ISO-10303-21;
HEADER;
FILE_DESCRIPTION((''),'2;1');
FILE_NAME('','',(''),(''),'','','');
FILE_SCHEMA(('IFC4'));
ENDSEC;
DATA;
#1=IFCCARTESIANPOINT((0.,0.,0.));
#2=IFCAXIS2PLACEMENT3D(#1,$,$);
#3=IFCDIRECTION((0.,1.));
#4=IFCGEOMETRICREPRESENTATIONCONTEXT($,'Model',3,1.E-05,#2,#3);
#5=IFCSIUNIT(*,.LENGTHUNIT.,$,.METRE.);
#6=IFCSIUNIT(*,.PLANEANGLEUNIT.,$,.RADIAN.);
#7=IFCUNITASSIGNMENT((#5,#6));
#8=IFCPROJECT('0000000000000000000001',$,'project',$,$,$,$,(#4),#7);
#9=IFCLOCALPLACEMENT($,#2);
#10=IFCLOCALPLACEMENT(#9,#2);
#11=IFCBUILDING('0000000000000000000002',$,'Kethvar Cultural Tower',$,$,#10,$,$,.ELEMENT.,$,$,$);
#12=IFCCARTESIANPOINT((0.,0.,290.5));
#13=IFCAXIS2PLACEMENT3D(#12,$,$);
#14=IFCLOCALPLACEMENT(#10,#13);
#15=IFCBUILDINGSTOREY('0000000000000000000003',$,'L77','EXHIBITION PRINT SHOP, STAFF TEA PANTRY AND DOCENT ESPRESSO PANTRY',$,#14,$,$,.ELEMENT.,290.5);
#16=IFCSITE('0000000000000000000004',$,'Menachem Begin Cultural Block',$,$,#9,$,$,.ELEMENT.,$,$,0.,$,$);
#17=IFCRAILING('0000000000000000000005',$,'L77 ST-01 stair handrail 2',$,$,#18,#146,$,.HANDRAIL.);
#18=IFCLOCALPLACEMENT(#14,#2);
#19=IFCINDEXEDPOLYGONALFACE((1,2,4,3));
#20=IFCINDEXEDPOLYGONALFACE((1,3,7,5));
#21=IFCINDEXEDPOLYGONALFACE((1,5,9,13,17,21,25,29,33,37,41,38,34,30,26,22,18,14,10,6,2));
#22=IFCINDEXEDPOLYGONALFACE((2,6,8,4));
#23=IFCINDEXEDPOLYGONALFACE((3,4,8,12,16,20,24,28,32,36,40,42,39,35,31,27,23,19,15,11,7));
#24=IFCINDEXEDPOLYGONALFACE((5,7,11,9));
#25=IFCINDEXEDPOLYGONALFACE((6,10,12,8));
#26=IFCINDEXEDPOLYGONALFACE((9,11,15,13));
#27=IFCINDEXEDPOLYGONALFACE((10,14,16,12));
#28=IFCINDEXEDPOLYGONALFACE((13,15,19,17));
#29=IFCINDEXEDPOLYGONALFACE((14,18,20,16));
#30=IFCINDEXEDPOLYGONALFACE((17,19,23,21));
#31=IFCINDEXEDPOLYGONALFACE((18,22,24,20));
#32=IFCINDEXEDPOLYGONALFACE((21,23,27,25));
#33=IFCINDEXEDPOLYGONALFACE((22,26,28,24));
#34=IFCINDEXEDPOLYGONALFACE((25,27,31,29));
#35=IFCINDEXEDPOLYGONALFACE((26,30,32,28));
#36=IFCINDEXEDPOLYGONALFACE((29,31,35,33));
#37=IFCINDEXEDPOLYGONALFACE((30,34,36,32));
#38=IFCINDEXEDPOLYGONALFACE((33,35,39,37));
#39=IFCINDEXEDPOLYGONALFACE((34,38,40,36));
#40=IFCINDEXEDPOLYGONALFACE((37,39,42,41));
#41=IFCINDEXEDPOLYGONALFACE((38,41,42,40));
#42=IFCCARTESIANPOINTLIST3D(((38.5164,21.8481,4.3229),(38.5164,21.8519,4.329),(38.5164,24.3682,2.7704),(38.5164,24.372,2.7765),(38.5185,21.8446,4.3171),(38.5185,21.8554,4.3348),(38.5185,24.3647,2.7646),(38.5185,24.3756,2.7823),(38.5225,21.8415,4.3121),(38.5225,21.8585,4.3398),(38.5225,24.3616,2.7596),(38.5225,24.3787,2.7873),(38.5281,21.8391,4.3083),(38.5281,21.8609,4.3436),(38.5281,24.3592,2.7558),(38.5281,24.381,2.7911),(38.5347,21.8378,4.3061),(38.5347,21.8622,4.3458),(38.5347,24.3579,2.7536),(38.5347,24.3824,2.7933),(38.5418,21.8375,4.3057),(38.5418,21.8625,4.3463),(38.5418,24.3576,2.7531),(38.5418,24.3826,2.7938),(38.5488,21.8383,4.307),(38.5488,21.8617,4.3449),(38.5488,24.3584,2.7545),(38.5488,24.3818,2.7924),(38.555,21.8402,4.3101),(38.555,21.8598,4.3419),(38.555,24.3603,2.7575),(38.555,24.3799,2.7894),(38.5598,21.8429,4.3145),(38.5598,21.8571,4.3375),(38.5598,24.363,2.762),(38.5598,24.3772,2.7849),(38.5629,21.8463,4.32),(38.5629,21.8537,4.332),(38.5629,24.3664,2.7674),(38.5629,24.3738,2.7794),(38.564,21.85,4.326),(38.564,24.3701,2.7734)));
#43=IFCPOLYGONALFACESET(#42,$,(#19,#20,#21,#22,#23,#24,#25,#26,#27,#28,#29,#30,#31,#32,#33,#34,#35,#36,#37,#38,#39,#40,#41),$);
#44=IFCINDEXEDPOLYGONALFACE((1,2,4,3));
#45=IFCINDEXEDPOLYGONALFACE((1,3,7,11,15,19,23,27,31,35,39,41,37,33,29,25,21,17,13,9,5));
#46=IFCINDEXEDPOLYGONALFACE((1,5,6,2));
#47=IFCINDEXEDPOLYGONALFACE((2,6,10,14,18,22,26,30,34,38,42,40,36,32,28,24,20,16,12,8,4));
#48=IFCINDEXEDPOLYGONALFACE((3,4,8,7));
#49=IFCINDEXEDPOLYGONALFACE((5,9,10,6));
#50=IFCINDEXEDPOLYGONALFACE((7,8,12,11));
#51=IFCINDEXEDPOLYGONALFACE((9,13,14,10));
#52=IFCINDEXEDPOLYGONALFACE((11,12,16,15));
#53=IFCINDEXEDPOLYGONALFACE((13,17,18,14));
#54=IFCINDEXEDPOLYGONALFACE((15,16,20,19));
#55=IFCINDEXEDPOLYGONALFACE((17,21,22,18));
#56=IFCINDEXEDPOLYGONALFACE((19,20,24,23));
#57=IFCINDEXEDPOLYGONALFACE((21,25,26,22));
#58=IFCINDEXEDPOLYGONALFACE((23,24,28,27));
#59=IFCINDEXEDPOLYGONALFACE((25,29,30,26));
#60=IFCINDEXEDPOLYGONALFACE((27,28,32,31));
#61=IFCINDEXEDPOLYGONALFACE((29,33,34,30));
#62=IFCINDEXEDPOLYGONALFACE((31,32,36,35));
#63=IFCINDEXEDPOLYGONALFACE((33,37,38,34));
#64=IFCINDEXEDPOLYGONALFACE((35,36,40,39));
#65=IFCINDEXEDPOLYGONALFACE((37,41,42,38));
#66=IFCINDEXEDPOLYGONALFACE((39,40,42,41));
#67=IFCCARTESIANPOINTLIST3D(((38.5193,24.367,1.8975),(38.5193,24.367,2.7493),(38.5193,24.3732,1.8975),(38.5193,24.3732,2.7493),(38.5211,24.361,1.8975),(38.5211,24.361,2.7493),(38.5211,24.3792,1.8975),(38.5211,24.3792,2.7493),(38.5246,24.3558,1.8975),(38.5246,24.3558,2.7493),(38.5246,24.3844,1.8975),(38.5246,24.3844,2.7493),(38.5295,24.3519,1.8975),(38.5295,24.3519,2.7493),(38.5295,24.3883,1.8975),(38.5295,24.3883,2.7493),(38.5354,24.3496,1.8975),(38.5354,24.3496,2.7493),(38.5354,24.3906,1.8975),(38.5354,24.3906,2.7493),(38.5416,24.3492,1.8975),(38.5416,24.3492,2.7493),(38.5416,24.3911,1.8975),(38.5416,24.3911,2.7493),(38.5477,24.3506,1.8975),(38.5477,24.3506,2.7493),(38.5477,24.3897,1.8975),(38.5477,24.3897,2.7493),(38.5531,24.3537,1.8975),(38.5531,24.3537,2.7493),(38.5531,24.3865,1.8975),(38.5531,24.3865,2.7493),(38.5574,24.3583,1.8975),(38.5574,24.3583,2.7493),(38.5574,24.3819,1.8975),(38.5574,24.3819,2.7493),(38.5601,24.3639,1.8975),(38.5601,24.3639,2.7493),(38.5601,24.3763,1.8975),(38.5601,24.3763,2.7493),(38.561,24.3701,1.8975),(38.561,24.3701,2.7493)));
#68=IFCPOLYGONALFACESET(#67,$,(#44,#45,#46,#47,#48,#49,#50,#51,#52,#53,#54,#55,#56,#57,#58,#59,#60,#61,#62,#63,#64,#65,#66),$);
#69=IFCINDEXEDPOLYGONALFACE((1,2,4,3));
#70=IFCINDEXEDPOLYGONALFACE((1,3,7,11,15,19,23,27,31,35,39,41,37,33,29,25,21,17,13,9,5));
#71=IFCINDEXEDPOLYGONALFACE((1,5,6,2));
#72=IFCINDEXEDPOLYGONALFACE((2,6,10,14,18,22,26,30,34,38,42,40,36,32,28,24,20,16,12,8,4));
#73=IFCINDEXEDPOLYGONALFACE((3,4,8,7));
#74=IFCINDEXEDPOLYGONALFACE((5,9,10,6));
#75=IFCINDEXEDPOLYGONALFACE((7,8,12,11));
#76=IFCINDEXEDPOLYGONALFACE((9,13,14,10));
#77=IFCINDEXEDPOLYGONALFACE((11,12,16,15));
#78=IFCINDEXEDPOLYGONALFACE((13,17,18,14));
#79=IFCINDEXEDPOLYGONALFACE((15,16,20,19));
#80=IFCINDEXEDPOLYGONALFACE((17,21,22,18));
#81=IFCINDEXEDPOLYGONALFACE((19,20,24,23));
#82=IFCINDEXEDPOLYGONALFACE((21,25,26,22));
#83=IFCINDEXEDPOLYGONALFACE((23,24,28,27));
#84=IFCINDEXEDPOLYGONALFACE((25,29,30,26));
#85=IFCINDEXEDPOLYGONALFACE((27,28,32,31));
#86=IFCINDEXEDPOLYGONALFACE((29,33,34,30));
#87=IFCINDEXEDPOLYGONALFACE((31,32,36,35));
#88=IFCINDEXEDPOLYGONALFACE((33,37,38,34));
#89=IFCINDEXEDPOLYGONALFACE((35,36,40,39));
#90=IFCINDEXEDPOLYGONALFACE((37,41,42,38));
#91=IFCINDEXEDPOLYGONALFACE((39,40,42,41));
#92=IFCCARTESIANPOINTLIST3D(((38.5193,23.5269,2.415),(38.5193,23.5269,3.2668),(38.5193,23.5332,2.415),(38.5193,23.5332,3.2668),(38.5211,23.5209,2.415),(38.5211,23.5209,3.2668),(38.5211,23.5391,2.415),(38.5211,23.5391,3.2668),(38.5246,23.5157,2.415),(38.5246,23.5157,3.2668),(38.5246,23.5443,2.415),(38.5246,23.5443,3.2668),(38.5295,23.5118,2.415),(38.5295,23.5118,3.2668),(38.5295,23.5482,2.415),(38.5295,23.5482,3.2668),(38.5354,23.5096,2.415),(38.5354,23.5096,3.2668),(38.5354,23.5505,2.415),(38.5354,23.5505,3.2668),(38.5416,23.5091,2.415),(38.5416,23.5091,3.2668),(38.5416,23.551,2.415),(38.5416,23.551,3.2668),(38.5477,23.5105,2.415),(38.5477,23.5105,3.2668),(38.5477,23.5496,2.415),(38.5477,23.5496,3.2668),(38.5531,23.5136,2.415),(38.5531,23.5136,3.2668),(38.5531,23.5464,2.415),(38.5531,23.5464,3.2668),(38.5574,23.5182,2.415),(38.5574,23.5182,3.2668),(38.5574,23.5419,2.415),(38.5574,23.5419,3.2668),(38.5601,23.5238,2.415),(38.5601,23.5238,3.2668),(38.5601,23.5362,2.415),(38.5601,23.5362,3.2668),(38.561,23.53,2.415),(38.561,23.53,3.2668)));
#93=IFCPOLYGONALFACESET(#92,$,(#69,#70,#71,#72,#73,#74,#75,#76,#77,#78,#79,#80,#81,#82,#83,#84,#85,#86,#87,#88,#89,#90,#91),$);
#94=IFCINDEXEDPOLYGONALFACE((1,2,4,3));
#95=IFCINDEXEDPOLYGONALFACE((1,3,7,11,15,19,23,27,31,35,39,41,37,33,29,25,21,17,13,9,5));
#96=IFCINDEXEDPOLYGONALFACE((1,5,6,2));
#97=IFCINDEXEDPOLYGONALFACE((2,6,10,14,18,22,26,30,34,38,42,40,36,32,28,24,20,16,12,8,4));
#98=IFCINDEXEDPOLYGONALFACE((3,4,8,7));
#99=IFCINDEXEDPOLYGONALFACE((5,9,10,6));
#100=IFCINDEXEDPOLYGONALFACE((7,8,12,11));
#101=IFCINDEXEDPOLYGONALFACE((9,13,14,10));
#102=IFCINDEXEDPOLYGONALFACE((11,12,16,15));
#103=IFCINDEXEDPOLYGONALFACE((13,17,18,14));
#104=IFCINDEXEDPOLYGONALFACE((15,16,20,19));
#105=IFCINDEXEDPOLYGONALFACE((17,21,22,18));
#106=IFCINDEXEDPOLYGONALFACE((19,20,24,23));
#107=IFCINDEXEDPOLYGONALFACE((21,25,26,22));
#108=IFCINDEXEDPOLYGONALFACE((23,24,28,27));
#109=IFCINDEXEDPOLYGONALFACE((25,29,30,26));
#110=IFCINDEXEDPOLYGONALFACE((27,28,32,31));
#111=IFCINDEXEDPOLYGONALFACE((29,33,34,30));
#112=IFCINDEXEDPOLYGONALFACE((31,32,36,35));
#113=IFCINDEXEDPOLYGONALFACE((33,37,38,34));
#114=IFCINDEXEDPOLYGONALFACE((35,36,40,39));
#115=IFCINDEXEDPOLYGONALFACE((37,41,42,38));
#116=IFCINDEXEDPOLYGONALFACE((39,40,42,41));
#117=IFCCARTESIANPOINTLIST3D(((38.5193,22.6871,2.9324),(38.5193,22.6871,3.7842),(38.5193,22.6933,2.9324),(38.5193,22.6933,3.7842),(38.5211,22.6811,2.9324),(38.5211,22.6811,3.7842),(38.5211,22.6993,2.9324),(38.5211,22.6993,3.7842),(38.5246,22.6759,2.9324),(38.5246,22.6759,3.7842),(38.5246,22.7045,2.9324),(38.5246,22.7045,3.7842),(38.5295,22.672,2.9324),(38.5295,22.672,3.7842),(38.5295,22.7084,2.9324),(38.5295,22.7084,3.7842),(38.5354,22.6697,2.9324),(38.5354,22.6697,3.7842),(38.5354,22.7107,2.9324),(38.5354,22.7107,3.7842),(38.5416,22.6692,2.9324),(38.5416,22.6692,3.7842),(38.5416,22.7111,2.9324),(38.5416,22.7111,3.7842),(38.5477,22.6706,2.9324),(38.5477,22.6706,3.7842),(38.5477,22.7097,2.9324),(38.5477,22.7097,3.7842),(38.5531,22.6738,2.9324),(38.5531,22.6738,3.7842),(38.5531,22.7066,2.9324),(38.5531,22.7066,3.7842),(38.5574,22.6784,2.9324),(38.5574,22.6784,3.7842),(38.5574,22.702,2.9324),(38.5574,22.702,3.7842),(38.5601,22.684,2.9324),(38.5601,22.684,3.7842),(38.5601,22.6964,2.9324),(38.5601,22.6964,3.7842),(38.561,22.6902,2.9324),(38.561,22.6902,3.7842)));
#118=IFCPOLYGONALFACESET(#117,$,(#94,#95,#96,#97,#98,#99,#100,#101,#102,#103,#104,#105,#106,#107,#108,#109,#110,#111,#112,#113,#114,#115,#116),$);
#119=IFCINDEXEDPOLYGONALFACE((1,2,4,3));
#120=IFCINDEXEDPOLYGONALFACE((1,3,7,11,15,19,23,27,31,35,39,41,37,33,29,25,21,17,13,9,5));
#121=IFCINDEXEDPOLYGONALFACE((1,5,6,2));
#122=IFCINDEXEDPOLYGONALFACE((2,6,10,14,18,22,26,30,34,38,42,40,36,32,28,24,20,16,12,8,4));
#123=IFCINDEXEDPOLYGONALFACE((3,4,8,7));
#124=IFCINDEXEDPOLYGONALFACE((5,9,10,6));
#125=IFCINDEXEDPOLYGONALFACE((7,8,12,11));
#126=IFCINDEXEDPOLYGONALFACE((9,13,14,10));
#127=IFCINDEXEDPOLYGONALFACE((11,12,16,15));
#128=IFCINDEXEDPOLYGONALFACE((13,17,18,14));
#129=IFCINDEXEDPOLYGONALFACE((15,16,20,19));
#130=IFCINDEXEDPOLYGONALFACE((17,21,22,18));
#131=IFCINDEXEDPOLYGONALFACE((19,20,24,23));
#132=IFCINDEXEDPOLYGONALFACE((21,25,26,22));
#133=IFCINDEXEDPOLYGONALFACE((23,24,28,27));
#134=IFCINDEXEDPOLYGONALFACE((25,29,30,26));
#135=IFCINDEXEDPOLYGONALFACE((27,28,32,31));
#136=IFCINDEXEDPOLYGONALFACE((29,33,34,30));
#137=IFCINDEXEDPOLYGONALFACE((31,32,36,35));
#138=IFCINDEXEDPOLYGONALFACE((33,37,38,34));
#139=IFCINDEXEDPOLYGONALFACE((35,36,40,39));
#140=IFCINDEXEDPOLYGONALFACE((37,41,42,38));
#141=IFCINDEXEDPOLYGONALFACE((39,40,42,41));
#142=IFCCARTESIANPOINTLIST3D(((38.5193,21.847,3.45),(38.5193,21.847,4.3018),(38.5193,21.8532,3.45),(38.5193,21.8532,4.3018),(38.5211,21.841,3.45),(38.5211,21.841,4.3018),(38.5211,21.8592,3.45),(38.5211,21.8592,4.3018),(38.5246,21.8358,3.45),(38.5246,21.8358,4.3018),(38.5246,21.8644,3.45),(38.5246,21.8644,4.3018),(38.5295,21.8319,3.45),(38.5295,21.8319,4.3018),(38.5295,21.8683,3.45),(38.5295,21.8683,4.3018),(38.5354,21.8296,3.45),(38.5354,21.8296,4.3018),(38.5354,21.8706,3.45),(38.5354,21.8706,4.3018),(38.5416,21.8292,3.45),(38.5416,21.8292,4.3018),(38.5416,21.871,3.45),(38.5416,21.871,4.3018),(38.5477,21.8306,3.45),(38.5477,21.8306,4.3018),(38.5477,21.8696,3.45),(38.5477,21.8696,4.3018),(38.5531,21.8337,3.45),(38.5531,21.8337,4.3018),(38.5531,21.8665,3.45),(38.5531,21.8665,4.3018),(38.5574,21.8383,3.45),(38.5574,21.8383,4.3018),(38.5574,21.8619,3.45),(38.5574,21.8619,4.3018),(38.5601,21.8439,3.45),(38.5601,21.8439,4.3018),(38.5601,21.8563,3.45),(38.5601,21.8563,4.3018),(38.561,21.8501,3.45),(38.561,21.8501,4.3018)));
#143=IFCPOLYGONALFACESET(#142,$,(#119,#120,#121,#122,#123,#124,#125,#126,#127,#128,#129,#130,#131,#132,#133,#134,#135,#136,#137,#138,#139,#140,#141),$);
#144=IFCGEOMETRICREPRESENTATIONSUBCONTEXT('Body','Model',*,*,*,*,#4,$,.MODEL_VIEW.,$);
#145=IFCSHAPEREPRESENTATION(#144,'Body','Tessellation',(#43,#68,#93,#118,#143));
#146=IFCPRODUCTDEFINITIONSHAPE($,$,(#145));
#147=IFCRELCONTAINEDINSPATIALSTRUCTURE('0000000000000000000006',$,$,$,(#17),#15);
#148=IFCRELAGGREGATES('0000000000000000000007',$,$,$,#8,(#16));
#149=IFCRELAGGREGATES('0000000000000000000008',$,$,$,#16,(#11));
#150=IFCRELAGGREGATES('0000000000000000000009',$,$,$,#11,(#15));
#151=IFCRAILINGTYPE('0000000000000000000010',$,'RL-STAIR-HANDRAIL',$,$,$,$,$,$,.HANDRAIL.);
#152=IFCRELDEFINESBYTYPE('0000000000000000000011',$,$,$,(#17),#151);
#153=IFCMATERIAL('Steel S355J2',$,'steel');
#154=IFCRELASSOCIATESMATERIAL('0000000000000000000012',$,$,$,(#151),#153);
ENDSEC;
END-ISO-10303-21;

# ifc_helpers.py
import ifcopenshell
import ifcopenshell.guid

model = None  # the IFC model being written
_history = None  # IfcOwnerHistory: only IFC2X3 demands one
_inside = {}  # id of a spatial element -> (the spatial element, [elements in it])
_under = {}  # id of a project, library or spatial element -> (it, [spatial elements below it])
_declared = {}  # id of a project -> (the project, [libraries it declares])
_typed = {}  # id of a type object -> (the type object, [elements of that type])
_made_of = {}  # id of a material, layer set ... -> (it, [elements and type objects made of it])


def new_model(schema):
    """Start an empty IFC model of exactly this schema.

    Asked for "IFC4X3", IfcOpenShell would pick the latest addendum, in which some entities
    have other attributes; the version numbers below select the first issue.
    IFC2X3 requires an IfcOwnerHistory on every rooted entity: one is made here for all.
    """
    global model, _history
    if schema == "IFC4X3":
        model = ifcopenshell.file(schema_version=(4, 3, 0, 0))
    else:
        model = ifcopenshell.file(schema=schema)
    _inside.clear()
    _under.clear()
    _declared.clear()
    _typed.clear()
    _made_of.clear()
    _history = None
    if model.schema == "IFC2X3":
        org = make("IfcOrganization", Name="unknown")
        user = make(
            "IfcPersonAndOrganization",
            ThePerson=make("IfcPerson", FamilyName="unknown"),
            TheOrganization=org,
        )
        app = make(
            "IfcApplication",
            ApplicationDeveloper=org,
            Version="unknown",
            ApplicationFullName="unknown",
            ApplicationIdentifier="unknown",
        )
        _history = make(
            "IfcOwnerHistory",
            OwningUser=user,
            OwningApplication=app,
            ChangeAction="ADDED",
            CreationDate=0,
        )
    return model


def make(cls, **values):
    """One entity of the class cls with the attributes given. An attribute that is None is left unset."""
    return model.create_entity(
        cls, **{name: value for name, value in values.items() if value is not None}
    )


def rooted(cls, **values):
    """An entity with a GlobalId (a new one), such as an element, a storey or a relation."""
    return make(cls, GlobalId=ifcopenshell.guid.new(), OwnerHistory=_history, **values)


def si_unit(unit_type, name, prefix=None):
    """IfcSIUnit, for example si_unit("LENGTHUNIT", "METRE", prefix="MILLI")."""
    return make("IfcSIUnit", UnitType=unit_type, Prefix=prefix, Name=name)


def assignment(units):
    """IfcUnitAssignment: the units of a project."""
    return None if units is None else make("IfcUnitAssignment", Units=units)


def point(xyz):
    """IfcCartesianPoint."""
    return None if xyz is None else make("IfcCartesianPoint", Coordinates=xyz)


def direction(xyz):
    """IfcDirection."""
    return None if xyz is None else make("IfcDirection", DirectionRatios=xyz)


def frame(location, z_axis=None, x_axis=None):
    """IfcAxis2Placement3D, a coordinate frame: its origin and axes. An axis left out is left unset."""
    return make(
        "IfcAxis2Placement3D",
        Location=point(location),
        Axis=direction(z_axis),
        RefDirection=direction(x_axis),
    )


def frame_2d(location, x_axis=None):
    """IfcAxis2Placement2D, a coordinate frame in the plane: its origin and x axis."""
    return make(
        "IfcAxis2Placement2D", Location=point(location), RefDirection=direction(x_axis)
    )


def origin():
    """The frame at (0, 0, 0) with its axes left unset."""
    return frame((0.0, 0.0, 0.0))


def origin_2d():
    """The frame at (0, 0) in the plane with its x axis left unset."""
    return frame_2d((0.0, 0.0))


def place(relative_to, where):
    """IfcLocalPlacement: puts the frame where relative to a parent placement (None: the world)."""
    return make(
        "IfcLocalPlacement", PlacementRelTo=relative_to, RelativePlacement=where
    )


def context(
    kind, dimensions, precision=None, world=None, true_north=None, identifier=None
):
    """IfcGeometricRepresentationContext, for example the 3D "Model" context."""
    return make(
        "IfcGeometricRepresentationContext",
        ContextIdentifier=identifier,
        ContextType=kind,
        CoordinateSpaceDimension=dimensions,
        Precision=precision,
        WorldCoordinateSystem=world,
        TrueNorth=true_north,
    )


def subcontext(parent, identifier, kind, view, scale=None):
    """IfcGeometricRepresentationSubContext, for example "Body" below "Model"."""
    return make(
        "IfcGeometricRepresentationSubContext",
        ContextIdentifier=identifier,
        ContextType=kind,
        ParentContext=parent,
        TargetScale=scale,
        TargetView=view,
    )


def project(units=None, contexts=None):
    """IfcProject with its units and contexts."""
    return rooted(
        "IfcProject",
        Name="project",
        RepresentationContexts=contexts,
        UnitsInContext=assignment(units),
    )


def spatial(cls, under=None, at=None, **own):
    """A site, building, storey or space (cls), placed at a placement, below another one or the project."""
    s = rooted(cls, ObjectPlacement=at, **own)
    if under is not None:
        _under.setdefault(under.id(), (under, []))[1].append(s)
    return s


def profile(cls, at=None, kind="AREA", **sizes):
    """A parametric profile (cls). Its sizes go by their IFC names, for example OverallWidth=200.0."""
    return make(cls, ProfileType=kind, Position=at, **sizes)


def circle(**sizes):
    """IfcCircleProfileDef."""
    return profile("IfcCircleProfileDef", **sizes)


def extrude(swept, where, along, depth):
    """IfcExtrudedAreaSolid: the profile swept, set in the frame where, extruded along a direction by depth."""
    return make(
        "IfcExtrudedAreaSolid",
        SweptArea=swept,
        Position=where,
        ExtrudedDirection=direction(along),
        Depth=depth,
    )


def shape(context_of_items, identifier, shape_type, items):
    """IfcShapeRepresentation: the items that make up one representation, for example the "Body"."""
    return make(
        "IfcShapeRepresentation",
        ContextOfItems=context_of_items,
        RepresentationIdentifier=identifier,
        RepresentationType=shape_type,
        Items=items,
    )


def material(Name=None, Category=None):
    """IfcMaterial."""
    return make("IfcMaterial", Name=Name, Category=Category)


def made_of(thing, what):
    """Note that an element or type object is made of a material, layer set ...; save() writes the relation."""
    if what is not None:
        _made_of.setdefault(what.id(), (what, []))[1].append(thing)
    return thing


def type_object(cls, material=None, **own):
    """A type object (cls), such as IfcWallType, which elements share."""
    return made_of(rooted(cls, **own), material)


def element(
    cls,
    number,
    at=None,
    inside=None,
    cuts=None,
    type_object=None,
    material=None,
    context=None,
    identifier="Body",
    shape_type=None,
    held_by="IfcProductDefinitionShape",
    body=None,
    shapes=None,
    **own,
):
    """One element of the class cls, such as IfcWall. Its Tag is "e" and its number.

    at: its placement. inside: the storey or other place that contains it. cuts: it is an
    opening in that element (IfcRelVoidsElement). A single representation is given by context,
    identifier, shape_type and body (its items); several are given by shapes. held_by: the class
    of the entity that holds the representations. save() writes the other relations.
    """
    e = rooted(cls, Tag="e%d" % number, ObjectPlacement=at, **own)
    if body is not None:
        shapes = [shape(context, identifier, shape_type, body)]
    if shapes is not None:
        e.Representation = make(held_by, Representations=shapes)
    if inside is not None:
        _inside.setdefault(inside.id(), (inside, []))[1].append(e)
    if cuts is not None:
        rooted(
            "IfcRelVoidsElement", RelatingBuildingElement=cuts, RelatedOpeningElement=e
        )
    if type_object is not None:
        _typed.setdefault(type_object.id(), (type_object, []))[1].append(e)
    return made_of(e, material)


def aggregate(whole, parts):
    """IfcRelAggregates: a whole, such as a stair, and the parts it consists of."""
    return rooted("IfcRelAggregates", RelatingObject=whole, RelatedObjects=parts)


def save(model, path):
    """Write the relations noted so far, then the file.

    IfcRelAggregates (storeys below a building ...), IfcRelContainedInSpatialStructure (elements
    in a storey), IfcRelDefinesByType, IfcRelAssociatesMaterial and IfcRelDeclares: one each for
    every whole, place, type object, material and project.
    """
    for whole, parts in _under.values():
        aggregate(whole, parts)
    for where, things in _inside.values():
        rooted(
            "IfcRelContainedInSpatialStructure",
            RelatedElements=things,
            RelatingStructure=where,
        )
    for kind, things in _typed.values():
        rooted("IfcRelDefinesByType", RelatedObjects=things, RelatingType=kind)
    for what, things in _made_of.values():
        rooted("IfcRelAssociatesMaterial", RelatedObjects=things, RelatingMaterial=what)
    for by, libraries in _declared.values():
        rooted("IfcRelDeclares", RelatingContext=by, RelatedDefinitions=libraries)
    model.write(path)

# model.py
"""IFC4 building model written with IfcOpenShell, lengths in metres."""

from ifc_helpers import new_model, si_unit, direction, frame, origin, origin_2d, place, context, subcontext, project, spatial, circle, extrude, material, type_object, element, save


model = new_model("IFC4")

# Units and contexts
model_context = context("Model", 3, precision=1e-05, world=origin(), true_north=direction((0.0, 1.0)))
body_context = subcontext(model_context, "Body", "Model", "MODEL_VIEW")
ifc_project = project(units=[si_unit("LENGTHUNIT", "METRE"), si_unit("PLANEANGLEUNIT", "RADIAN")], contexts=[model_context])

# Site, building, storey
site_placement = place(None, origin())
site = spatial("IfcSite", under=ifc_project, at=site_placement, Name="Menachem Begin Cultural Block", CompositionType="ELEMENT", RefElevation=0.0)
building_placement = place(site_placement, origin())
building = spatial("IfcBuilding", under=site, at=building_placement, Name="Kethvar Cultural Tower", CompositionType="ELEMENT")
storey_placement = place(building_placement, frame((0.0, 0.0, 290.5)))
storey = spatial("IfcBuildingStorey", under=building, at=storey_placement, Name="L77", Description="EXHIBITION PRINT SHOP, STAFF TEA PANTRY AND DOCENT ESPRESSO PANTRY", CompositionType="ELEMENT", Elevation=290.5)

# Shared definitions
ifc_material_1 = material(Name="Steel S355J2", Category="steel")

# Railing
railing_type_1 = type_object("IfcRailingType", Name="RL-STAIR-HANDRAIL", PredefinedType="HANDRAIL", material=ifc_material_1)
railing_1_placement = place(storey_placement, frame((38.54, 24.3701, 1.8975)))
element("IfcRailing", 1, at=railing_1_placement, inside=storey, type_object=railing_type_1, Name="L77 ST-01 stair handrail 2", PredefinedType="HANDRAIL", context=body_context, shape_type="SweptSolid", body=[
    extrude(circle(Radius=0.0239, at=origin_2d()), frame((0.0, 0.0, 0.876), z_axis=(0.0, -0.8514, 0.524516), x_axis=(1.0, 0.0, 0.0)), (0.0, 0.0, 1.0), 2.96),
    extrude(circle(Radius=0.021, at=origin_2d()), origin(), (0.0, 0.0, 1.0), 0.8518),
    extrude(circle(Radius=0.021, at=origin_2d()), frame((0.0, -0.8401, 0.5176)), (0.0, 0.0, 1.0), 0.8518),
    extrude(circle(Radius=0.021, at=origin_2d()), frame((0.0, -1.6799, 1.0349)), (0.0, 0.0, 1.0), 0.8518),
    extrude(circle(Radius=0.021, at=origin_2d()), frame((0.0, -2.52, 1.5525)), (0.0, 0.0, 1.0), 0.8518),
])

save(model, "model.ifc")
